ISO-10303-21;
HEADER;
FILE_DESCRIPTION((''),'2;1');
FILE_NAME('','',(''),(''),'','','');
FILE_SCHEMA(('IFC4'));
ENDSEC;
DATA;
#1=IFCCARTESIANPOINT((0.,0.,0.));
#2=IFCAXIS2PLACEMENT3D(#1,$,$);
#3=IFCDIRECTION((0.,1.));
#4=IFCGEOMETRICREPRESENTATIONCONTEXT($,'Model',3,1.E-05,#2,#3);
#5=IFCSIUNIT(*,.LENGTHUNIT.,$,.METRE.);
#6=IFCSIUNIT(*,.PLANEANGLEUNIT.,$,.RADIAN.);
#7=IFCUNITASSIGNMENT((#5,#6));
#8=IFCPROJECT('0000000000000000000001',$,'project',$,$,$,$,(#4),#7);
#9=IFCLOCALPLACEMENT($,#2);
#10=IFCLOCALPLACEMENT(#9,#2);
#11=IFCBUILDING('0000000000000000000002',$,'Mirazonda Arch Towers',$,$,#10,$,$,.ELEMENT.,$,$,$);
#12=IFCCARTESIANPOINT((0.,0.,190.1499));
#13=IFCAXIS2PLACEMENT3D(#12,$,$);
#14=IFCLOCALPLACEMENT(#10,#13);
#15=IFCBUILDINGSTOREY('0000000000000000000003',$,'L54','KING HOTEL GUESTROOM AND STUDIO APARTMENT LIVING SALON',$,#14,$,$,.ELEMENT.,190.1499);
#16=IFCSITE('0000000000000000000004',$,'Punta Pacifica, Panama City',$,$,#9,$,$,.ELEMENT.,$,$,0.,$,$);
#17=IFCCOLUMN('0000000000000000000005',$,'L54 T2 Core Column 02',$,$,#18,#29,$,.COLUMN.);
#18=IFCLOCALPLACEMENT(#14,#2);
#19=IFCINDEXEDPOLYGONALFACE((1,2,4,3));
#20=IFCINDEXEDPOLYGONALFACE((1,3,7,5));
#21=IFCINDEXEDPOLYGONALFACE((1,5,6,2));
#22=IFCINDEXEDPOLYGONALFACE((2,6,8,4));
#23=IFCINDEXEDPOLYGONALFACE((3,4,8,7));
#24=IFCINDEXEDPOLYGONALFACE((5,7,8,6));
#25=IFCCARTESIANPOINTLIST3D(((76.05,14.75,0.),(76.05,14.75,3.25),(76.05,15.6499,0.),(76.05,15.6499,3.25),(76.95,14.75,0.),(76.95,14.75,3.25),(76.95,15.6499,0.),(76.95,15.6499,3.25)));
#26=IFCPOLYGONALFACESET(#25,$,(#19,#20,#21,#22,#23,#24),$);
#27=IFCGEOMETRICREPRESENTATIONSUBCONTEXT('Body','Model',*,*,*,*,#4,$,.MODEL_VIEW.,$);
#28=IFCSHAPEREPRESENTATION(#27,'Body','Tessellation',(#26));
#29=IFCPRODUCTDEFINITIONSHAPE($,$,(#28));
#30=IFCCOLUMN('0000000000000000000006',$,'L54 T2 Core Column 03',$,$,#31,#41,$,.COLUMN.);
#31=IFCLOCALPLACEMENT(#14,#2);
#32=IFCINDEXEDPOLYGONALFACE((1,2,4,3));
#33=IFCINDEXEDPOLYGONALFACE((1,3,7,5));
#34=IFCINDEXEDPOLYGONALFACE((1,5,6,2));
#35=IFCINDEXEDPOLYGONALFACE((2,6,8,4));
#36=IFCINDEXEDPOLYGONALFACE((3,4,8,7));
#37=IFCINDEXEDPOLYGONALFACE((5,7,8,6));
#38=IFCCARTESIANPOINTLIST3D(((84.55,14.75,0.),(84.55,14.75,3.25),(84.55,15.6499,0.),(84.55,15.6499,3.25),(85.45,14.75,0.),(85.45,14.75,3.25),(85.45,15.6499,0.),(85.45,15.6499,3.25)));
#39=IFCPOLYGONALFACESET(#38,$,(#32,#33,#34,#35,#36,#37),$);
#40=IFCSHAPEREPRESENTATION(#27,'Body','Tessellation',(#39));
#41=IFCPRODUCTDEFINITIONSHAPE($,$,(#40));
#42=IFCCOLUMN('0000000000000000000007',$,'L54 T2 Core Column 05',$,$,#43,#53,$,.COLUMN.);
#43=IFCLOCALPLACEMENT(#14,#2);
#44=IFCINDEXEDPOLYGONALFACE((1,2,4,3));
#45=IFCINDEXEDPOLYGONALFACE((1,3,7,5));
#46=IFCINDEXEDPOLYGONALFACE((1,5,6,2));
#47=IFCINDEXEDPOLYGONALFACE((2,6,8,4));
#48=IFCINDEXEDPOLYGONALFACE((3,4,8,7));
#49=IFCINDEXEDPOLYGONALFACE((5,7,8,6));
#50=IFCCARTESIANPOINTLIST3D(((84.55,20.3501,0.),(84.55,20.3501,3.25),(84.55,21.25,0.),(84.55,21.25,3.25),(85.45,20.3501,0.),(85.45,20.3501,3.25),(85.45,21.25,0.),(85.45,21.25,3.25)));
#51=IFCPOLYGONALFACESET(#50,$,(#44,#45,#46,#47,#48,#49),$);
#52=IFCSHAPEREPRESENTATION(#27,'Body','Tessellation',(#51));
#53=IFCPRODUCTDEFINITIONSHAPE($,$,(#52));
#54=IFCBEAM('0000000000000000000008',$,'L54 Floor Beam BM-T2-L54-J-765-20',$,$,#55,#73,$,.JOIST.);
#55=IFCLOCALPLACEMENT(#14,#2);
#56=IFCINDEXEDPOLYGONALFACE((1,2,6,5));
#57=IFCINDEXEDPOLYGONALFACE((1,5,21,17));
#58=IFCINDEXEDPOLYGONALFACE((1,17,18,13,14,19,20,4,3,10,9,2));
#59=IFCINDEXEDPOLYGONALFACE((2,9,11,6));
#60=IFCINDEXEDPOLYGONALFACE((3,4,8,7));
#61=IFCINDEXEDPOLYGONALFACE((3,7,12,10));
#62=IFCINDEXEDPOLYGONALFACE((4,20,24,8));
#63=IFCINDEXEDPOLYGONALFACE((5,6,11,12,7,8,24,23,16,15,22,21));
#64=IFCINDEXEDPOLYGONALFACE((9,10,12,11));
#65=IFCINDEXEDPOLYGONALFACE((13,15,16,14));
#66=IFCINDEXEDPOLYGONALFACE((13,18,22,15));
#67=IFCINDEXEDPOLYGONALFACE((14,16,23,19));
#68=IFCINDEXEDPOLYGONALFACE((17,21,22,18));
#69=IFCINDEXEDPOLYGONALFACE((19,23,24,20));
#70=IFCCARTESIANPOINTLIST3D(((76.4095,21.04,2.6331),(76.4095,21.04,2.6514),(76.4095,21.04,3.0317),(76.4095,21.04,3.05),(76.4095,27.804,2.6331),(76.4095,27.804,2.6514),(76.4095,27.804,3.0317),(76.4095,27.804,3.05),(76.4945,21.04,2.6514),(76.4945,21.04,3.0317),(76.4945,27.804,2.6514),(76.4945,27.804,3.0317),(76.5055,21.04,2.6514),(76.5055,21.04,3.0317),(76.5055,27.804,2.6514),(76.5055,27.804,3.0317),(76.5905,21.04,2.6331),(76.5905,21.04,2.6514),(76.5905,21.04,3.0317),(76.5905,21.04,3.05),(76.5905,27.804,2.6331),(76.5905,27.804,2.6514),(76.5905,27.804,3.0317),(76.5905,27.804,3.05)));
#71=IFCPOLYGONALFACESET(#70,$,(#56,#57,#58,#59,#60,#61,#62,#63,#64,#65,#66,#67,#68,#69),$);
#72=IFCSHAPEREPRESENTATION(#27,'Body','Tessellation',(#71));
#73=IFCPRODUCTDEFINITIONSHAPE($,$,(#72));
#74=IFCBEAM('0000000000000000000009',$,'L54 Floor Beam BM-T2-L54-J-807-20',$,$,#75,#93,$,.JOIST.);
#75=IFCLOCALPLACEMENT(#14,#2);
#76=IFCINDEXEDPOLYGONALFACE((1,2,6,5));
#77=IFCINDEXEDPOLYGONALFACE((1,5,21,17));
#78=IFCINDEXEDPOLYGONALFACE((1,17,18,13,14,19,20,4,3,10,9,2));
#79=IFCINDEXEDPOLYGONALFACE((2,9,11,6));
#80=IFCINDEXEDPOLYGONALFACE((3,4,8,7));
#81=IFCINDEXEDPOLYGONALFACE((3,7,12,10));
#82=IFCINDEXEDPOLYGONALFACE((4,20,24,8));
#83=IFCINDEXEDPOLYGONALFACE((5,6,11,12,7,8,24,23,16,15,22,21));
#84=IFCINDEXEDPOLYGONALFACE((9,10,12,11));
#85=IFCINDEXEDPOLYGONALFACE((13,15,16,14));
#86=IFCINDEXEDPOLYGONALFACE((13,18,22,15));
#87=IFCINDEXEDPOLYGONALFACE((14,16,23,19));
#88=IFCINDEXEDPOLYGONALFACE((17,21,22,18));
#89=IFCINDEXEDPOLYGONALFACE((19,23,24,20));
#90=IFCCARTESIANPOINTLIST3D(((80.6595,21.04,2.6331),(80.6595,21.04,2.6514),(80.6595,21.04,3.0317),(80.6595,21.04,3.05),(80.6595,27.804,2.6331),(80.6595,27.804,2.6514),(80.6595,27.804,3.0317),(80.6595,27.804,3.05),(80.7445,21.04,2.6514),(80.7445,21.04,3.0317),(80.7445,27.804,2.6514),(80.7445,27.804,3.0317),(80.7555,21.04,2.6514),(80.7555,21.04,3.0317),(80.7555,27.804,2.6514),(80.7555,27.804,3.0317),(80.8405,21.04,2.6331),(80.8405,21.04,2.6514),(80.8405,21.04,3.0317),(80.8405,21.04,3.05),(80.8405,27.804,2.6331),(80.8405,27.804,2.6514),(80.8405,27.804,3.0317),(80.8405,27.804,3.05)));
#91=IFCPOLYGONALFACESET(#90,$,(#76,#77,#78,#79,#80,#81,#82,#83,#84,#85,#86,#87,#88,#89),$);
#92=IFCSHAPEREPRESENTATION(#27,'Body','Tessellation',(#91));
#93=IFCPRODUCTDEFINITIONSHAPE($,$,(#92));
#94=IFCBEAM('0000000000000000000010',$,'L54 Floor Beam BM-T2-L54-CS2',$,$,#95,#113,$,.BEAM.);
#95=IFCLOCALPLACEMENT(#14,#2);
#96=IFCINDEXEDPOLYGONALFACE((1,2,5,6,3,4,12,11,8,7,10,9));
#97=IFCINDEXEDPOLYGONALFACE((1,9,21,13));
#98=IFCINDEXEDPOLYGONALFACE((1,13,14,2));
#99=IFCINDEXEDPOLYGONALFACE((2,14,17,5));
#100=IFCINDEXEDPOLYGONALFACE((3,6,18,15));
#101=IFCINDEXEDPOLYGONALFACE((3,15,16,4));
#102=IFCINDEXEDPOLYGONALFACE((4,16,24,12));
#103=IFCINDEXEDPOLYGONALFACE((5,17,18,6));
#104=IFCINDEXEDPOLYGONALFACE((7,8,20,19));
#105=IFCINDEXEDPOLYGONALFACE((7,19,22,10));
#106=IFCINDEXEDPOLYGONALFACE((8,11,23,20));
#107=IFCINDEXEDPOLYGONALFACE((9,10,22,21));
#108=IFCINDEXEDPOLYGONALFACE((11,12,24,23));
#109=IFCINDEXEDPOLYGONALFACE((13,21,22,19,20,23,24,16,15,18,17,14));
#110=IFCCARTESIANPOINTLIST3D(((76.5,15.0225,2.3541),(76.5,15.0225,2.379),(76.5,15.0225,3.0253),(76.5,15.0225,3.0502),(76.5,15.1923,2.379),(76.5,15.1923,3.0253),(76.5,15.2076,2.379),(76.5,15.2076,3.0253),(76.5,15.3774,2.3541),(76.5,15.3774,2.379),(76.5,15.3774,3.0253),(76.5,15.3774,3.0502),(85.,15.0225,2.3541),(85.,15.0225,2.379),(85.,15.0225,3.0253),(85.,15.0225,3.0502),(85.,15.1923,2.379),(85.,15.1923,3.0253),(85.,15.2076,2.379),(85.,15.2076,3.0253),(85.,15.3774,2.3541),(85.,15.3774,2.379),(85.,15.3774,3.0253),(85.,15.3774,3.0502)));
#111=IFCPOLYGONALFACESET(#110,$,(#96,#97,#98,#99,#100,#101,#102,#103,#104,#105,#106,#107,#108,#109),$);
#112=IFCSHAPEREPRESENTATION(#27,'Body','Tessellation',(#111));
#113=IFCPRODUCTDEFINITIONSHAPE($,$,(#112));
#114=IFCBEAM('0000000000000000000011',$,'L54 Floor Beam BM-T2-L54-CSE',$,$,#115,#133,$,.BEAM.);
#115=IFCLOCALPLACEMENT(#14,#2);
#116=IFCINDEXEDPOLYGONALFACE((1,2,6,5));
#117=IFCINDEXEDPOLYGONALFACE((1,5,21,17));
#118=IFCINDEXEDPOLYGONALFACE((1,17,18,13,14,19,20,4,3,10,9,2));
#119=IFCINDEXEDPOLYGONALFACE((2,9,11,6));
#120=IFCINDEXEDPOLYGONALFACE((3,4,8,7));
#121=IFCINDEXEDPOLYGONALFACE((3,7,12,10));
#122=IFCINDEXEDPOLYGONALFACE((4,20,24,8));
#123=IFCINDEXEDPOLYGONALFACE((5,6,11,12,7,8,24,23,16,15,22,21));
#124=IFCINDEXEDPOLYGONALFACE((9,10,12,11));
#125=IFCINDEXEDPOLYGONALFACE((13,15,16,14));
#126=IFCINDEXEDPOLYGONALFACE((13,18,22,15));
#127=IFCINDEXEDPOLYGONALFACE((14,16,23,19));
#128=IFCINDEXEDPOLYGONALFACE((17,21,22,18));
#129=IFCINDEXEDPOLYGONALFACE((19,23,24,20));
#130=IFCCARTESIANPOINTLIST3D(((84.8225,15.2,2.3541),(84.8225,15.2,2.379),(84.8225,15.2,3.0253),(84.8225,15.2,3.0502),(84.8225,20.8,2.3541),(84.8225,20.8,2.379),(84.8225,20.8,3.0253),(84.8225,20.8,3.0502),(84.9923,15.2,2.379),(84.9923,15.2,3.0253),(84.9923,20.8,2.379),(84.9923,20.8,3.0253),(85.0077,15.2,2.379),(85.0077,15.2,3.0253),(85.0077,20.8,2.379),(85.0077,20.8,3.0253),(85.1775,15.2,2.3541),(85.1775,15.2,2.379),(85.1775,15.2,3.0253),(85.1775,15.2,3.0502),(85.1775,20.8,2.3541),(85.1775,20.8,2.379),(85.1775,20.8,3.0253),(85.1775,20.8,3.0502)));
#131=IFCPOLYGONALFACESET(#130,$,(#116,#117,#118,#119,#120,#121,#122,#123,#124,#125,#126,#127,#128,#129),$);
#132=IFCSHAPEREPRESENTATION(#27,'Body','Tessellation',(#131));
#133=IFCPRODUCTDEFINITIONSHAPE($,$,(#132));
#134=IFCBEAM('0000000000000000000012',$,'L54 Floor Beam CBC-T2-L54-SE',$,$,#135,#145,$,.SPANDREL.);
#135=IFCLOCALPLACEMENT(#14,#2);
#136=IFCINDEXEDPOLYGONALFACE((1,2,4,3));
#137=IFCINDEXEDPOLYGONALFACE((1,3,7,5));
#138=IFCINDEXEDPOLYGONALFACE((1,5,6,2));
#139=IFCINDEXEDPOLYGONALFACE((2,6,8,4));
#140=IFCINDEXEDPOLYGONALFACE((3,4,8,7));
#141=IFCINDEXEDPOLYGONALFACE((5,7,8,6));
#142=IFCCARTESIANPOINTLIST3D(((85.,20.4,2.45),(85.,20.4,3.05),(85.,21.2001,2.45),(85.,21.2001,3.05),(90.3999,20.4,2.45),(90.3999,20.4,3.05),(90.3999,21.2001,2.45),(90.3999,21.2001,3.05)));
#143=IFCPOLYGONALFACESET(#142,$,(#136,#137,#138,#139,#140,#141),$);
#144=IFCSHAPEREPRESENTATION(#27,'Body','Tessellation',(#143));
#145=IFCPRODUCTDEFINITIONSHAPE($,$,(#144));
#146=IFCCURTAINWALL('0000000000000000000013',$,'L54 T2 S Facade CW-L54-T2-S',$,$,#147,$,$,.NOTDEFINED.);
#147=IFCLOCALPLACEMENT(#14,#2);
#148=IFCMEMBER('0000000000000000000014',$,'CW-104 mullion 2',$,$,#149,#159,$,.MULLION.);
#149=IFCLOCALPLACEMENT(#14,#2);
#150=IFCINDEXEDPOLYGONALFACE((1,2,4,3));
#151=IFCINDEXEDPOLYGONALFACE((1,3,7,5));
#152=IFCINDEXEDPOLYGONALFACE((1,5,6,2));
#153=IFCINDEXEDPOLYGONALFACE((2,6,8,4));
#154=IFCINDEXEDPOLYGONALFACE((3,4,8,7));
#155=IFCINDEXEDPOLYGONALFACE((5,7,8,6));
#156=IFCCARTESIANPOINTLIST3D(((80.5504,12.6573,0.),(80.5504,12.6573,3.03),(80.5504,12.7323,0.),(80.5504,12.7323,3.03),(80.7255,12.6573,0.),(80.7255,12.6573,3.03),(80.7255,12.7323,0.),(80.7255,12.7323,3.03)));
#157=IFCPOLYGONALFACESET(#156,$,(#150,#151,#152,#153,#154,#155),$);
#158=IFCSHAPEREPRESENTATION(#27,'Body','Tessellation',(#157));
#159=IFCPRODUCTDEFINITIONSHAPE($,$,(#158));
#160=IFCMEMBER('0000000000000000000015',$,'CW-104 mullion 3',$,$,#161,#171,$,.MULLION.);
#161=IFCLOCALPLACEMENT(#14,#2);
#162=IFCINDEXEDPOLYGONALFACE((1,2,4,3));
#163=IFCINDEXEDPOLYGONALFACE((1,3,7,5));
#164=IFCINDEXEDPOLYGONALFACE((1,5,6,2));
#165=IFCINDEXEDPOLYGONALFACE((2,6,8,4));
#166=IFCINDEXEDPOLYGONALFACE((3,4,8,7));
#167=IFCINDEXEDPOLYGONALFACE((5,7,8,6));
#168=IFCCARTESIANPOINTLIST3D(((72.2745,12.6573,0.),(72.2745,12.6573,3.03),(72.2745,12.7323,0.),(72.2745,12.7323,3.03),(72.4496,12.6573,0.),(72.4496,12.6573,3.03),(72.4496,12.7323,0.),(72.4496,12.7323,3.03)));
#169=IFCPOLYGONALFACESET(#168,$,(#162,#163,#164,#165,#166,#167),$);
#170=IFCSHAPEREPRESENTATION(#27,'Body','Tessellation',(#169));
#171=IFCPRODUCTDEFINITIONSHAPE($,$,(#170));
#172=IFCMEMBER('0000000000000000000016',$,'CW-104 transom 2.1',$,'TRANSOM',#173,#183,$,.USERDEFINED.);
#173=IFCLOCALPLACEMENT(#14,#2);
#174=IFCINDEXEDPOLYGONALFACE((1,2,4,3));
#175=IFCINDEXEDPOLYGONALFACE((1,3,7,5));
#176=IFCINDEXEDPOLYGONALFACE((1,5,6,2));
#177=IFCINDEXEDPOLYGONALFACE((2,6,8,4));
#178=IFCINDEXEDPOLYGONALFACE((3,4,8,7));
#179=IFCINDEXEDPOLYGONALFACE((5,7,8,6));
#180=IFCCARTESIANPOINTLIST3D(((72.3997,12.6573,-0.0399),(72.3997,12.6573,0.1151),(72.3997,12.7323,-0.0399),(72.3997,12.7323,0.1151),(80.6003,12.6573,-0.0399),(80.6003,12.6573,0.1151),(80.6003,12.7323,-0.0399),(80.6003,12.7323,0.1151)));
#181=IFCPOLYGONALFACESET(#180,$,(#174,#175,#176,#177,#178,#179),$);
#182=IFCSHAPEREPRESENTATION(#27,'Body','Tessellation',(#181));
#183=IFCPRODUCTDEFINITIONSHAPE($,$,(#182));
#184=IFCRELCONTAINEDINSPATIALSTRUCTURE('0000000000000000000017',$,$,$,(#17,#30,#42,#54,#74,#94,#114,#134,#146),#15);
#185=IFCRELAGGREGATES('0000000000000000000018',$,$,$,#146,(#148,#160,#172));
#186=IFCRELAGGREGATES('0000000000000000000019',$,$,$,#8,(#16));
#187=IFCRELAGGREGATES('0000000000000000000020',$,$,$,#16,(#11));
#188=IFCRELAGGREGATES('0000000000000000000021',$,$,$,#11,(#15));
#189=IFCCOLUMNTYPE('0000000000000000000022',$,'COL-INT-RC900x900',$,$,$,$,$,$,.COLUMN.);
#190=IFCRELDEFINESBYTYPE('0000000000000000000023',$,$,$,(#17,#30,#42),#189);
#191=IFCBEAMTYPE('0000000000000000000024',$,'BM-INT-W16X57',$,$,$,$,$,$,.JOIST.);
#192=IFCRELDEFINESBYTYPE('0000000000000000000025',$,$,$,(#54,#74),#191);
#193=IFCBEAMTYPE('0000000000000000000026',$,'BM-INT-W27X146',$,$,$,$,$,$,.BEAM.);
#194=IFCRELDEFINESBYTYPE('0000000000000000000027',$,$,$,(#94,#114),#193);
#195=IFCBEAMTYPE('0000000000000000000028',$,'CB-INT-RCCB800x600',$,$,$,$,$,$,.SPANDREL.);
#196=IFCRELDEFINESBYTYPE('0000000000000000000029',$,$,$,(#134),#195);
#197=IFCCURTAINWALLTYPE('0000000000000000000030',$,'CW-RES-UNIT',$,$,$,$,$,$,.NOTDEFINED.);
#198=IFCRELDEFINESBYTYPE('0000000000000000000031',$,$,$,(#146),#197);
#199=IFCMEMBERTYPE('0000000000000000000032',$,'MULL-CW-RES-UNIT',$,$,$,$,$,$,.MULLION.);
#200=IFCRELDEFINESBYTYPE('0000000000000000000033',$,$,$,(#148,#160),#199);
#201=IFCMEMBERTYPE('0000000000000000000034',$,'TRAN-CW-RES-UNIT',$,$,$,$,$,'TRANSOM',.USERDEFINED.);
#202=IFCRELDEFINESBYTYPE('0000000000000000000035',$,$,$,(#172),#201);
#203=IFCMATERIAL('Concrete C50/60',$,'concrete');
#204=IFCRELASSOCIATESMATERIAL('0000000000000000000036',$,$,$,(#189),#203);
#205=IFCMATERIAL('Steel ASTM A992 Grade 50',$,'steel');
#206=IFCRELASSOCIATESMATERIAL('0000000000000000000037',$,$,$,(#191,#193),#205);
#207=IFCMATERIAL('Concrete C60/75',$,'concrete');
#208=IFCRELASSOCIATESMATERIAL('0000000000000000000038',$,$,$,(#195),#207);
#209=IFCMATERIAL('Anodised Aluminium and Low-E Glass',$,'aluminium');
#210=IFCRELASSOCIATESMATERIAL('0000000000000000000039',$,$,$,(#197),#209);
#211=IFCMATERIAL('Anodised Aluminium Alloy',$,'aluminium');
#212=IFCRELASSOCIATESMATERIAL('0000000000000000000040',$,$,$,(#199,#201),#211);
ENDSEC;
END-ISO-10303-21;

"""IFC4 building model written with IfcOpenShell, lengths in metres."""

from ifc_helpers import new_model, si_unit, direction, frame, origin, origin_2d, place, context, subcontext, project, spatial, rectangle, i_section, extrude, material, material_profile, profile_set, type_object, element, aggregate, save


model = new_model("IFC4")

# Units and contexts
model_context = context("Model", 3, precision=1e-05, world=origin(), true_north=direction((0.0, 1.0)))
body_context = subcontext(model_context, "Body", "Model", "MODEL_VIEW")
ifc_project = project(units=[si_unit("LENGTHUNIT", "METRE"), si_unit("PLANEANGLEUNIT", "RADIAN")], contexts=[model_context])

# Site, building, storey
site_placement = place(None, origin())
site = spatial("IfcSite", under=ifc_project, at=site_placement, Name="Punta Pacifica, Panama City", CompositionType="ELEMENT", RefElevation=0.0)
building_placement = place(site_placement, origin())
building = spatial("IfcBuilding", under=site, at=building_placement, Name="Mirazonda Arch Towers", CompositionType="ELEMENT")
storey_placement = place(building_placement, frame((0.0, 0.0, 190.1499)))
storey = spatial("IfcBuildingStorey", under=building, at=storey_placement, Name="L54", Description="KING HOTEL GUESTROOM AND STUDIO APARTMENT LIVING SALON", CompositionType="ELEMENT", Elevation=190.1499)

# Columns
ifc_material_1 = material(Name="Concrete C50/60", Category="concrete")
ifc_material_profile_1 = material_profile(ifc_material_1, rectangle(XDim=0.8999, YDim=0.8999, at=origin_2d()), Name="RC900x900")
ifc_profile_set_1 = profile_set([ifc_material_profile_1], Name="Concrete C50/60")
column_type = type_object("IfcColumnType", Name="COL-INT-RC900x900", PredefinedType="COLUMN", material=ifc_profile_set_1)
for number, where, z_axis, x_axis, name in (
    (1, (76.5, 15.2, 0.0), (0.0, 0.0, 1.0), (1.0, 0.0, 0.0), "L54 T2 Core Column 02"),
    (2, (85.0, 15.2, 0.0), (0.0, 0.0, 1.0), (1.0, 0.0, 0.0), "L54 T2 Core Column 03"),
    (3, (85.0, 20.8, 0.0), (0.0, 0.0, 1.0), (1.0, 0.0, 0.0), "L54 T2 Core Column 05"),
):
    element("IfcColumn", number, at=place(storey_placement, frame(where, z_axis=z_axis, x_axis=x_axis)), inside=storey, type_object=column_type, Name=name, PredefinedType="COLUMN", context=body_context, shape_type="SweptSolid", body=[
        extrude(rectangle(XDim=0.8999, YDim=0.8999, at=origin_2d()), origin(), (0.0, 0.0, 1.0), 3.25),
    ])

# Beams
ifc_material_2 = material(Name="Steel ASTM A992 Grade 50", Category="steel")
ifc_material_profile_2 = material_profile(ifc_material_2, i_section(OverallWidth=0.1809, OverallDepth=0.417, WebThickness=0.011, FlangeThickness=0.0183, at=origin_2d()), Name="W16X57")
ifc_profile_set_2 = profile_set([ifc_material_profile_2], Name="Steel ASTM A992 Grade 50")
beam_type_1 = type_object("IfcBeamType", Name="BM-INT-W16X57", PredefinedType="JOIST", material=ifc_profile_set_2)
for number, where, z_axis, x_axis, name in (
    (4, (76.5, 21.04, 2.8416), (0.0, 1.0, 0.0), (-1.0, 0.0, 0.0), "L54 Floor Beam BM-T2-L54-J-765-20"),
    (5, (80.75, 21.04, 2.8416), (0.0, 1.0, 0.0), (-1.0, 0.0, 0.0), "L54 Floor Beam BM-T2-L54-J-807-20"),
):
    element("IfcBeam", number, at=place(storey_placement, frame(where, z_axis=z_axis, x_axis=x_axis)), inside=storey, type_object=beam_type_1, Name=name, PredefinedType="JOIST", context=body_context, shape_type="SweptSolid", body=[
        extrude(i_section(OverallWidth=0.1809, OverallDepth=0.417, WebThickness=0.011, FlangeThickness=0.0183, at=origin_2d()), origin(), (0.0, 0.0, 1.0), 6.7639),
    ])
ifc_material_profile_3 = material_profile(ifc_material_2, i_section(OverallWidth=0.355, OverallDepth=0.696, WebThickness=0.0154, FlangeThickness=0.0249, at=origin_2d()), Name="W27X146")
ifc_profile_set_3 = profile_set([ifc_material_profile_3], Name="Steel ASTM A992 Grade 50")
beam_type_2 = type_object("IfcBeamType", Name="BM-INT-W27X146", PredefinedType="BEAM", material=ifc_profile_set_3)
beam_1_placement = place(storey_placement, frame((76.5, 15.2, 2.7021), z_axis=(1.0, 0.0, 0.0), x_axis=(0.0, 1.0, 0.0)))
element("IfcBeam", 6, at=beam_1_placement, inside=storey, type_object=beam_type_2, Name="L54 Floor Beam BM-T2-L54-CS2", PredefinedType="BEAM", context=body_context, shape_type="SweptSolid", body=[
    extrude(i_section(OverallWidth=0.355, OverallDepth=0.696, WebThickness=0.0154, FlangeThickness=0.0249, at=origin_2d()), origin(), (0.0, 0.0, 1.0), 8.5),
])
beam_2_placement = place(storey_placement, frame((85.0, 15.2, 2.7021), z_axis=(0.0, 1.0, 0.0), x_axis=(-1.0, 0.0, 0.0)))
element("IfcBeam", 7, at=beam_2_placement, inside=storey, type_object=beam_type_2, Name="L54 Floor Beam BM-T2-L54-CSE", PredefinedType="BEAM", context=body_context, shape_type="SweptSolid", body=[
    extrude(i_section(OverallWidth=0.355, OverallDepth=0.696, WebThickness=0.0154, FlangeThickness=0.0249, at=origin_2d()), origin(), (0.0, 0.0, 1.0), 5.6001),
])
ifc_material_3 = material(Name="Concrete C60/75", Category="concrete")
ifc_material_profile_4 = material_profile(ifc_material_3, rectangle(XDim=0.8, YDim=0.6001, at=origin_2d()), Name="RCCB800x600")
ifc_profile_set_4 = profile_set([ifc_material_profile_4], Name="Concrete C60/75")
beam_type_3 = type_object("IfcBeamType", Name="CB-INT-RCCB800x600", PredefinedType="SPANDREL", material=ifc_profile_set_4)
beam_3_placement = place(storey_placement, frame((85.0, 20.8, 2.75), z_axis=(1.0, 0.0, 0.0), x_axis=(0.0, 1.0, 0.0)))
element("IfcBeam", 8, at=beam_3_placement, inside=storey, type_object=beam_type_3, Name="L54 Floor Beam CBC-T2-L54-SE", PredefinedType="SPANDREL", context=body_context, shape_type="SweptSolid", body=[
    extrude(rectangle(XDim=0.8, YDim=0.6001, at=origin_2d()), origin(), (0.0, 0.0, 1.0), 5.3999),
])

# Curtain wall, members
ifc_material_4 = material(Name="Anodised Aluminium and Low-E Glass", Category="aluminium")
curtain_wall_type = type_object("IfcCurtainWallType", Name="CW-RES-UNIT", PredefinedType="NOTDEFINED", material=ifc_material_4)
curtain_wall_placement = place(storey_placement, origin())
curtain_wall = element("IfcCurtainWall", 9, at=curtain_wall_placement, inside=storey, type_object=curtain_wall_type, Name="L54 T2 S Facade CW-L54-T2-S", PredefinedType="NOTDEFINED")
ifc_material_5 = material(Name="Anodised Aluminium Alloy", Category="aluminium")
ifc_material_profile_5 = material_profile(ifc_material_5, rectangle(XDim=0.075, YDim=0.175, at=origin_2d()), Name="ALU-MULL-75x175")
ifc_profile_set_5 = profile_set([ifc_material_profile_5], Name="Anodised Aluminium Alloy")
member_type_1 = type_object("IfcMemberType", Name="MULL-CW-RES-UNIT", PredefinedType="MULLION", material=ifc_profile_set_5)
member_1_placement = place(storey_placement, frame((80.6379, 12.6948, 0.0), z_axis=(0.0, 0.0, 1.0), x_axis=(0.0, -1.0, 0.0)))
member_1 = element("IfcMember", 10, at=member_1_placement, type_object=member_type_1, Name="CW-104 mullion 2", PredefinedType="MULLION", context=body_context, shape_type="SweptSolid", body=[
    extrude(rectangle(XDim=0.075, YDim=0.175, at=origin_2d()), origin(), (0.0, 0.0, 1.0), 3.03),
])
member_2_placement = place(storey_placement, frame((72.3621, 12.6948, 0.0), z_axis=(0.0, 0.0, 1.0), x_axis=(0.0, -1.0, 0.0)))
member_2 = element("IfcMember", 11, at=member_2_placement, type_object=member_type_1, Name="CW-104 mullion 3", PredefinedType="MULLION", context=body_context, shape_type="SweptSolid", body=[
    extrude(rectangle(XDim=0.075, YDim=0.175, at=origin_2d()), origin(), (0.0, 0.0, 1.0), 3.03),
])
ifc_material_profile_6 = material_profile(ifc_material_5, rectangle(XDim=0.075, YDim=0.155, at=origin_2d()), Name="ALU-TRAN-75x155")
ifc_profile_set_6 = profile_set([ifc_material_profile_6], Name="Anodised Aluminium Alloy")
member_type_2 = type_object("IfcMemberType", Name="TRAN-CW-RES-UNIT", ElementType="TRANSOM", PredefinedType="USERDEFINED", material=ifc_profile_set_6)
member_3_placement = place(storey_placement, frame((80.6003, 12.6948, 0.0376), z_axis=(-1.0, 0.0, 0.0), x_axis=(0.0, -1.0, 0.0)))
member_3 = element("IfcMember", 12, at=member_3_placement, type_object=member_type_2, Name="CW-104 transom 2.1", ObjectType="TRANSOM", PredefinedType="USERDEFINED", context=body_context, shape_type="SweptSolid", body=[
    extrude(rectangle(XDim=0.075, YDim=0.155, at=origin_2d()), origin(), (0.0, 0.0, 1.0), 8.2007),
])
aggregate(curtain_wall, [member_1, member_2, member_3])

save(model, "model.ifc")
